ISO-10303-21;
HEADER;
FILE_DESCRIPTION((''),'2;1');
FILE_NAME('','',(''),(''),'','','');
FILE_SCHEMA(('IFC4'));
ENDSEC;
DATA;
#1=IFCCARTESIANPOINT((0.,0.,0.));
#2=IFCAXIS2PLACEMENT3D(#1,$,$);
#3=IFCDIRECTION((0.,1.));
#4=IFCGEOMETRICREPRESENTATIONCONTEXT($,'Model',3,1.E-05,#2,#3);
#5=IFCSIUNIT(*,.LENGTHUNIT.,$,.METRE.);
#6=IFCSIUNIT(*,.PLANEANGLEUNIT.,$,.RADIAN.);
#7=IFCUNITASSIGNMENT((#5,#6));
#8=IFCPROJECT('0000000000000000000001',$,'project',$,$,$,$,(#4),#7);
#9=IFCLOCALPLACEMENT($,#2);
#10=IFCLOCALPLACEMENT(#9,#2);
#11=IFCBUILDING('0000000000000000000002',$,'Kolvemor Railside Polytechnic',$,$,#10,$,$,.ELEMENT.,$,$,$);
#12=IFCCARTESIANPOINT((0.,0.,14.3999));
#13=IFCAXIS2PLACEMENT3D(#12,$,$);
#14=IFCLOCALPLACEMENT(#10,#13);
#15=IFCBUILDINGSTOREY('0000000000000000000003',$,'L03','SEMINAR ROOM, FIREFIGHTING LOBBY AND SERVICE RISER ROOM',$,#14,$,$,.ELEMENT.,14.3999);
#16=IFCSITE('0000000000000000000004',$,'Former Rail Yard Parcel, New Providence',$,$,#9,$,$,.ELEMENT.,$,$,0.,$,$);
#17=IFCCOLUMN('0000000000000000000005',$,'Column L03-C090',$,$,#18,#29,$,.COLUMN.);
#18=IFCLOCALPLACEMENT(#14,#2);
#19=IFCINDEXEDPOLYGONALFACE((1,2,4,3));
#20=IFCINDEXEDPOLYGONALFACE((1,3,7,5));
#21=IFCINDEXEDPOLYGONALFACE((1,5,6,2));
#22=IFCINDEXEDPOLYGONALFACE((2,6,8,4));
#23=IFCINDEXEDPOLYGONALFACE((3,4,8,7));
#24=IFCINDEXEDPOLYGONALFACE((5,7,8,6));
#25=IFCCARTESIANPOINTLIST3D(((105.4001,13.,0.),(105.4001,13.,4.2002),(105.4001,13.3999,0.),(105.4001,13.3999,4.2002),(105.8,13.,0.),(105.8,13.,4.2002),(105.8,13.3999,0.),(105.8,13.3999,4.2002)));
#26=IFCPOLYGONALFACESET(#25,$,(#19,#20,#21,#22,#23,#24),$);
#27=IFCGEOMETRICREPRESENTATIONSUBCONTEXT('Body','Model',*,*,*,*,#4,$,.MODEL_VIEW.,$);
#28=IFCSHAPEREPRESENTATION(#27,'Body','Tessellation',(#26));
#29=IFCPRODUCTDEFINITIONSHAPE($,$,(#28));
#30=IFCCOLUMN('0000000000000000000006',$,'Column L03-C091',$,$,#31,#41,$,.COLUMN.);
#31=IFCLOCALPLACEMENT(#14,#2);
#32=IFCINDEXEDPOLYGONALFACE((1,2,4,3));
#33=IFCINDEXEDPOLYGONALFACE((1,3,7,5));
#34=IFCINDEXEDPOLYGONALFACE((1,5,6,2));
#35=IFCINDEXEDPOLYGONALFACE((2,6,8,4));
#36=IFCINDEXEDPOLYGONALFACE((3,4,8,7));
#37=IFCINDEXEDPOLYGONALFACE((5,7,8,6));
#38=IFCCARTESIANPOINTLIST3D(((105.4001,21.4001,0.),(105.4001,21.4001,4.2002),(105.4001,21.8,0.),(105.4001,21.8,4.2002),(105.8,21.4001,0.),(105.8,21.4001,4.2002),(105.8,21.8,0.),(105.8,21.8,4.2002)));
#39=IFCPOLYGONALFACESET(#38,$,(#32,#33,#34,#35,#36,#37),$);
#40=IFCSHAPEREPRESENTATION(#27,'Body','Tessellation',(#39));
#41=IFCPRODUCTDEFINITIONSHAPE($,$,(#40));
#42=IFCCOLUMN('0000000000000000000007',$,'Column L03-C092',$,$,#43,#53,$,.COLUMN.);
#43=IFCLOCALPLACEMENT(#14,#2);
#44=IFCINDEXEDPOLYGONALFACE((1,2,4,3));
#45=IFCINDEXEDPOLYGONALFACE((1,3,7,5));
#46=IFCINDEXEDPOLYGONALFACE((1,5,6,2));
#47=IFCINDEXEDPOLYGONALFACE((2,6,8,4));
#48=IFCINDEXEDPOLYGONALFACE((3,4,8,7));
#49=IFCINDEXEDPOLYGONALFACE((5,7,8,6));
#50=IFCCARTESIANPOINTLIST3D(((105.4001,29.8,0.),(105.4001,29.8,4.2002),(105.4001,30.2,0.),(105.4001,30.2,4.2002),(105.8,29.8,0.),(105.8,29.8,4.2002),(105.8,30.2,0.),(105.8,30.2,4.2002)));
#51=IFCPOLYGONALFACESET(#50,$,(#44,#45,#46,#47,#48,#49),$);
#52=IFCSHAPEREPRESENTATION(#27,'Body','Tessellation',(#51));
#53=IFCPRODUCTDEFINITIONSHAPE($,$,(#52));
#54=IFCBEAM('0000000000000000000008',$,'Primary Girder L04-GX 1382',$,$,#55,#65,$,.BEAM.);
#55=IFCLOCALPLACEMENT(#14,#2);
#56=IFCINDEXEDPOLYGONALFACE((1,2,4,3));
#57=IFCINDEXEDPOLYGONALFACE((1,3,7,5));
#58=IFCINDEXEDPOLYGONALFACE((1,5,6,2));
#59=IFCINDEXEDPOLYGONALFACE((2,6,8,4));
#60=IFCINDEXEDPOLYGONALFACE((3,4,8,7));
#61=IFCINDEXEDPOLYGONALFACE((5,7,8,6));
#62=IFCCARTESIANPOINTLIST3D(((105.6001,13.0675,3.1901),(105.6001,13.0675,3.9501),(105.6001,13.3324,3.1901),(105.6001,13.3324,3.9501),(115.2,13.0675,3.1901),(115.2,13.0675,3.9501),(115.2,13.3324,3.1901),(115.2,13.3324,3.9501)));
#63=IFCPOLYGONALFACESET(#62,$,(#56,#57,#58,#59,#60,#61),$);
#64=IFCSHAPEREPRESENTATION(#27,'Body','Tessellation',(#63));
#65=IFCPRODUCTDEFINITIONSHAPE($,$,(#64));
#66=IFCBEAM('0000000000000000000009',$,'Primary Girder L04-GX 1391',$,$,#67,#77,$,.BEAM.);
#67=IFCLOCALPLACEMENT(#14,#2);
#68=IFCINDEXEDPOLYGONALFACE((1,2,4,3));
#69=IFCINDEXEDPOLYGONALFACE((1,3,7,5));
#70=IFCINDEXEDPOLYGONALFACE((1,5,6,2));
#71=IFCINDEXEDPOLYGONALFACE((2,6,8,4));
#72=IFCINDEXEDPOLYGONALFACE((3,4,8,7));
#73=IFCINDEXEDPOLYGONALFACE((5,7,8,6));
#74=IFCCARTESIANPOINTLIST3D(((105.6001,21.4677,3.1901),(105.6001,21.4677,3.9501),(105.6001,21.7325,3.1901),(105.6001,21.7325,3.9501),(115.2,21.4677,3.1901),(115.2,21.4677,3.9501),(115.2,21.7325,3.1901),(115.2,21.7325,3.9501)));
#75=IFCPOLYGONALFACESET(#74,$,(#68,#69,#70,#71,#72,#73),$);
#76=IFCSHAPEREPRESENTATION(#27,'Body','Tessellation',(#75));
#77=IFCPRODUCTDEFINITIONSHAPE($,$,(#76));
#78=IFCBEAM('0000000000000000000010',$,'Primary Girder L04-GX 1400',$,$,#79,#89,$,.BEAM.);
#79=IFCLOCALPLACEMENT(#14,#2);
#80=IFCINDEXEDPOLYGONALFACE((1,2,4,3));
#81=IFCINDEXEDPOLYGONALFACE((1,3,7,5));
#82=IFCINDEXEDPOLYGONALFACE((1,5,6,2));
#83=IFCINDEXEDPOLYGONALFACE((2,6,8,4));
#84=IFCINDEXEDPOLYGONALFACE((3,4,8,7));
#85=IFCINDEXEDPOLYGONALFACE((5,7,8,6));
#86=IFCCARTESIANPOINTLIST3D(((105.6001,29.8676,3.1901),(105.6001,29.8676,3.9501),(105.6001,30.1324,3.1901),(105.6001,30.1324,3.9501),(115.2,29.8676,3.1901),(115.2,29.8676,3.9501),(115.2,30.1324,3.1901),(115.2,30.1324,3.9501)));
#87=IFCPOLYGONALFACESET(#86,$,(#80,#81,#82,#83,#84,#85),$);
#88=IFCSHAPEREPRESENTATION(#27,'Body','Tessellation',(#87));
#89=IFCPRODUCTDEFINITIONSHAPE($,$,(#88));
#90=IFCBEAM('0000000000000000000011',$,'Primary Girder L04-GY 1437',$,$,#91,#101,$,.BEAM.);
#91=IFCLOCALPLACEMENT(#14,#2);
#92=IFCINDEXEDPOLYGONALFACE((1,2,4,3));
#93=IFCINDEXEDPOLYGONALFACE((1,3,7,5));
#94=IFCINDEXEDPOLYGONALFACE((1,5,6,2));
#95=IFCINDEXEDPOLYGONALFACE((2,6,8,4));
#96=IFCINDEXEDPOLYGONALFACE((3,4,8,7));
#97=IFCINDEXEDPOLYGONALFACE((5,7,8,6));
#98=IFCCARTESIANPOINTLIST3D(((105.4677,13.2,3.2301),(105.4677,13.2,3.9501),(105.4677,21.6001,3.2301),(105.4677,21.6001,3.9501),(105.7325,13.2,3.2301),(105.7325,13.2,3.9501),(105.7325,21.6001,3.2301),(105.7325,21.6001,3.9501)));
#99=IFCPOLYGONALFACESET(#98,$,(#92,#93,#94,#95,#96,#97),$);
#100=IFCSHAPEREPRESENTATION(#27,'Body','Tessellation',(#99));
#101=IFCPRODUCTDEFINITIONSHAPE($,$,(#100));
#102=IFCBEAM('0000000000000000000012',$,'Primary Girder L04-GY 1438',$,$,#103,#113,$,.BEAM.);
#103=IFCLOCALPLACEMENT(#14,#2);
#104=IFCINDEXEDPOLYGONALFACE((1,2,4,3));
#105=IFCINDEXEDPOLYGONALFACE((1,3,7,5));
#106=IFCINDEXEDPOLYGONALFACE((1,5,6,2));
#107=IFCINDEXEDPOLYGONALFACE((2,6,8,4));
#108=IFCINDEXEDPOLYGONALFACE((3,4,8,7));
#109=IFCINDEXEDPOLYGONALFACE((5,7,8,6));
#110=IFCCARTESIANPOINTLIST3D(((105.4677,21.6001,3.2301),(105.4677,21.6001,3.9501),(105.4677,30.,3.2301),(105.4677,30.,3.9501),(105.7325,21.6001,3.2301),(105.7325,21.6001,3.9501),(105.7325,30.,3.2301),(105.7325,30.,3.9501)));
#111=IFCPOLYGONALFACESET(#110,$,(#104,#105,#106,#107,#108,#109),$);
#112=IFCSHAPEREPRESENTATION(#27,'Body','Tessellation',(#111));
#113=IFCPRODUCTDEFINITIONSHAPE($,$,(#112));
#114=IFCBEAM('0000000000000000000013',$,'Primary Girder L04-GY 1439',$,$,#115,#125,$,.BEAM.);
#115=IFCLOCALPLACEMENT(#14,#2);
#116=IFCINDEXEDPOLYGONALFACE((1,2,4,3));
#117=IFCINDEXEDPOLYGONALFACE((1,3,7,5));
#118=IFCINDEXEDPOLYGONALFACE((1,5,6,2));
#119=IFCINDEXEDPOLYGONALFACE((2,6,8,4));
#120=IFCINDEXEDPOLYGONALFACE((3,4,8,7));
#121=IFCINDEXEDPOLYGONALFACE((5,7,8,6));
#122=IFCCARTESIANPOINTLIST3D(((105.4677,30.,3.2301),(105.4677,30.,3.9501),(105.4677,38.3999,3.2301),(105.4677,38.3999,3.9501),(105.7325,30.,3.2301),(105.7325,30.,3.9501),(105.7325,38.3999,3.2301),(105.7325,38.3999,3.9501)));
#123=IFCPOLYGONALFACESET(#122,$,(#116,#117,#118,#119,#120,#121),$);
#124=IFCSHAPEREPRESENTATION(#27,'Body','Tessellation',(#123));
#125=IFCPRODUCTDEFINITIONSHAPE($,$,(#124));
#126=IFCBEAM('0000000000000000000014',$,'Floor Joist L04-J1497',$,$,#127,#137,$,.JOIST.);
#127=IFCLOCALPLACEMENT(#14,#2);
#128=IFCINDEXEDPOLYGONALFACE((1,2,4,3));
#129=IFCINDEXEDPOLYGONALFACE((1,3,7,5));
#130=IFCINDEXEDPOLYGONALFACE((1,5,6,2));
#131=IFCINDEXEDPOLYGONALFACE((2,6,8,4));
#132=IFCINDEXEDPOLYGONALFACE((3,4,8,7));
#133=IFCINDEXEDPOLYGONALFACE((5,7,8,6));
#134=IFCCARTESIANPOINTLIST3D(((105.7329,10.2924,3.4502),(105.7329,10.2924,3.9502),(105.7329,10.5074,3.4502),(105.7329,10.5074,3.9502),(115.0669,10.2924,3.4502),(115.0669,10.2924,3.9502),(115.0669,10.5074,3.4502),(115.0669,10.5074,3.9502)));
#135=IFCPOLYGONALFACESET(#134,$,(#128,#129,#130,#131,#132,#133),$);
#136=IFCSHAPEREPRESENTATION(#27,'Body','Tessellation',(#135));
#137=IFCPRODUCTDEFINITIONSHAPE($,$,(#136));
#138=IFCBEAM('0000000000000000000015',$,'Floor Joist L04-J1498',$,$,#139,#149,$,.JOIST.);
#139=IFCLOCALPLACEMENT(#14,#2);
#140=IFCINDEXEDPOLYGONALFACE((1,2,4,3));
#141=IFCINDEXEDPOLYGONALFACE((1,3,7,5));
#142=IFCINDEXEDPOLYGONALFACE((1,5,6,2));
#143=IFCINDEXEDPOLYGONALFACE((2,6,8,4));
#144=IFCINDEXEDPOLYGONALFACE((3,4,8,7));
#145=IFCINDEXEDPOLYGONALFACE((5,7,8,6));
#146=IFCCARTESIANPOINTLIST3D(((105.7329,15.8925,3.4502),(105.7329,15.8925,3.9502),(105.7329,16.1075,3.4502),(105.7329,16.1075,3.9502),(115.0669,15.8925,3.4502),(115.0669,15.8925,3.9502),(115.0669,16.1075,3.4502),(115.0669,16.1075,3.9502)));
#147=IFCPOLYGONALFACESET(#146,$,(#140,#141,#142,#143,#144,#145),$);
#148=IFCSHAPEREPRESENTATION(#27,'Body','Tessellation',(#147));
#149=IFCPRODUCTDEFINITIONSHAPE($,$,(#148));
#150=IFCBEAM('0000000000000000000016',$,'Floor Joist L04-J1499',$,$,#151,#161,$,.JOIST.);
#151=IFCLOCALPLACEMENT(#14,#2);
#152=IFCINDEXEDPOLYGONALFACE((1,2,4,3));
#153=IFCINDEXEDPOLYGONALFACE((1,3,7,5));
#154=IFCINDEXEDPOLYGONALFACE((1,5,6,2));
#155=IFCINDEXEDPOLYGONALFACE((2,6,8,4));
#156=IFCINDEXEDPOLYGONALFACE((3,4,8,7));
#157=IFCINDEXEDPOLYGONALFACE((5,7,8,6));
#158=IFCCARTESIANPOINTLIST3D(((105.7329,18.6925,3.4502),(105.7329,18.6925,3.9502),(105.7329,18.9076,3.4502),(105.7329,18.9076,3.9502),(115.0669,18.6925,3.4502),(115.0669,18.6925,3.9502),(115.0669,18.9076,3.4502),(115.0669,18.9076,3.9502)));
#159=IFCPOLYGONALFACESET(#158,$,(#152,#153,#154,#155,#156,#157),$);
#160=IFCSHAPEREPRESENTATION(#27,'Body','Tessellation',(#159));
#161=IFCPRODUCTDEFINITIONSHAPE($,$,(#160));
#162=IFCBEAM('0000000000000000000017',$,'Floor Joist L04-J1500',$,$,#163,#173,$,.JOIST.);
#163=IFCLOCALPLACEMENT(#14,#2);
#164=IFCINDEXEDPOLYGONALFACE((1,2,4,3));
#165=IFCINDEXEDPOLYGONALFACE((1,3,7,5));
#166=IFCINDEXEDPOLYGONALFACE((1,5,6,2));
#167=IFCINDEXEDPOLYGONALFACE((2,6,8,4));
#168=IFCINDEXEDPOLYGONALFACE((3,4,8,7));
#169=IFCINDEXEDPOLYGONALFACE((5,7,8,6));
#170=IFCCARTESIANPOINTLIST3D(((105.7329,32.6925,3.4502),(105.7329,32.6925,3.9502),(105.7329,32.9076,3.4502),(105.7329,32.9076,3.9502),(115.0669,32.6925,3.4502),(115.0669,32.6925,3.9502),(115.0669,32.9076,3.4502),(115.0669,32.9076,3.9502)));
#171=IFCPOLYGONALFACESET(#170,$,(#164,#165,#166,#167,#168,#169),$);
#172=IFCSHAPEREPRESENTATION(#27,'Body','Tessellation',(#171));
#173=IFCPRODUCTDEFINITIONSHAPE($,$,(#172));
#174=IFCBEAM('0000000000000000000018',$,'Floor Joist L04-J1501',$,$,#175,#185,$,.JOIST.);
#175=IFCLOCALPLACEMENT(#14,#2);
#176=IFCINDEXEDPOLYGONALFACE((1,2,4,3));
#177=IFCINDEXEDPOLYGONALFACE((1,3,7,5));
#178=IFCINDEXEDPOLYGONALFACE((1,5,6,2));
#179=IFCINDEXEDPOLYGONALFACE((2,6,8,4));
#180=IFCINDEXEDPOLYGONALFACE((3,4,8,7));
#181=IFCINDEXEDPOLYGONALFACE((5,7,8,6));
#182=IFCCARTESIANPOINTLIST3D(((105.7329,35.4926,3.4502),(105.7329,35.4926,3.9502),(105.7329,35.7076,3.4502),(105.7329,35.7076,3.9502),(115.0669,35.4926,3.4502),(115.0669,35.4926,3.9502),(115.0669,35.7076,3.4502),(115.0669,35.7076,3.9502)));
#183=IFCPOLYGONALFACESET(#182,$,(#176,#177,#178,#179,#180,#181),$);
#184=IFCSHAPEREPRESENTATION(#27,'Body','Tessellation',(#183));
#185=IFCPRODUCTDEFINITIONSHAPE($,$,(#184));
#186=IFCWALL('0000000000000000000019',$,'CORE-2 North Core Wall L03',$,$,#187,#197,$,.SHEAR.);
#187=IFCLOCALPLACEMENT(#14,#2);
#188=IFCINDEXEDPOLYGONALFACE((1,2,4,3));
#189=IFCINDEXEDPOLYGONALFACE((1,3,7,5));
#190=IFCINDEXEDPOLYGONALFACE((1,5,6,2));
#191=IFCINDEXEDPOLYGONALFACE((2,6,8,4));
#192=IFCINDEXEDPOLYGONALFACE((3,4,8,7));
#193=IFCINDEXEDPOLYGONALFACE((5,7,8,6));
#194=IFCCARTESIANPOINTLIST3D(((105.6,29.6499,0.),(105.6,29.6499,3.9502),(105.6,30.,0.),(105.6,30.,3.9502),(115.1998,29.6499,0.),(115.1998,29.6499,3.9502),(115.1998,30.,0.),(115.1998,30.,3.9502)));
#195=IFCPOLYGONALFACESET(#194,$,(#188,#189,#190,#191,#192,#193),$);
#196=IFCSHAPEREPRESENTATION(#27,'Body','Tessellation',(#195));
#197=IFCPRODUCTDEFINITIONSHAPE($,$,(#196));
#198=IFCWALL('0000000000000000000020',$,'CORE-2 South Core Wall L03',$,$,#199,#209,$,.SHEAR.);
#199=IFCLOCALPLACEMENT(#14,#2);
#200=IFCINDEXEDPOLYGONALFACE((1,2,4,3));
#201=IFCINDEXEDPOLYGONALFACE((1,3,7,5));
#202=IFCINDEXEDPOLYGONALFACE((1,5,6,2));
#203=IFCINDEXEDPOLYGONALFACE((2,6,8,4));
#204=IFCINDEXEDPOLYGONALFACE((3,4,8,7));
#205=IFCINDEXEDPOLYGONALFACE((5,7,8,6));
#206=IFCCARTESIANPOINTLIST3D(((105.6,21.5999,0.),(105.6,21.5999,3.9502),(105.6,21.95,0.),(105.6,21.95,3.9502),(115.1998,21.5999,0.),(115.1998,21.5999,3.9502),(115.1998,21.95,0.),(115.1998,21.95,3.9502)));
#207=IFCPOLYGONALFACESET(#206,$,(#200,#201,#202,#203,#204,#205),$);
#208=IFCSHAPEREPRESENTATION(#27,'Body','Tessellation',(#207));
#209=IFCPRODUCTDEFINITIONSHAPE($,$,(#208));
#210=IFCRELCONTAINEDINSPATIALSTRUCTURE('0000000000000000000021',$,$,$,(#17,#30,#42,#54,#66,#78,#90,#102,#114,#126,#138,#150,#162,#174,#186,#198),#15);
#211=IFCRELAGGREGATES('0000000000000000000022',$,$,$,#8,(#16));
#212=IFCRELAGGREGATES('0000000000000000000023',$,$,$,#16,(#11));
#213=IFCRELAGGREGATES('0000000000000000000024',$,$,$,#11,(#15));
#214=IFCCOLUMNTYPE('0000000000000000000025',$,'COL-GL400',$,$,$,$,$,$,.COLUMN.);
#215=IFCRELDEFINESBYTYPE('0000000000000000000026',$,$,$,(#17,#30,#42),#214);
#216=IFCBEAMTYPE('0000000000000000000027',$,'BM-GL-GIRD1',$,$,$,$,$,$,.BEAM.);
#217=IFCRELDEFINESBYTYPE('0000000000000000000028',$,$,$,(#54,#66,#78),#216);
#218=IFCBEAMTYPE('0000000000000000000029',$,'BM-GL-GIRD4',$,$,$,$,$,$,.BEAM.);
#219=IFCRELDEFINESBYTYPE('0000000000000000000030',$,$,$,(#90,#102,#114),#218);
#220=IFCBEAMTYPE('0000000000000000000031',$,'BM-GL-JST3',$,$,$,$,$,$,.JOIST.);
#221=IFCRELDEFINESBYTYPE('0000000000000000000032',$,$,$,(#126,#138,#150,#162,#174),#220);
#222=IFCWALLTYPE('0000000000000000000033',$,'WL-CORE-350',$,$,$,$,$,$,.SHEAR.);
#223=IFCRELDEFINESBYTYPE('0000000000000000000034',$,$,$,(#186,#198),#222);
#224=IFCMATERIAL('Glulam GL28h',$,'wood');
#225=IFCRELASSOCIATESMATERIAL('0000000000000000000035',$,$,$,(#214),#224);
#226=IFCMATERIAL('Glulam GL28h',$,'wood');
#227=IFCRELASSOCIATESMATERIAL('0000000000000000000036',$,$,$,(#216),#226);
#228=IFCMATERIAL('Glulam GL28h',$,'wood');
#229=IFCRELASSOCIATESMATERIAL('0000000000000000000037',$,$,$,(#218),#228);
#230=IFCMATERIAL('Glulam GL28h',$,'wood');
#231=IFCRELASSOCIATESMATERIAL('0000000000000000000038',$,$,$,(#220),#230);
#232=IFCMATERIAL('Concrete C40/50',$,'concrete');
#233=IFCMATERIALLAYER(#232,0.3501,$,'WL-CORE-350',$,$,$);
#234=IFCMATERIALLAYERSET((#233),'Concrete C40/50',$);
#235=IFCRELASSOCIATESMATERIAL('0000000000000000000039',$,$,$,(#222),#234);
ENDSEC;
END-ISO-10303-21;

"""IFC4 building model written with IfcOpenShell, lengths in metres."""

from ifc_helpers import new_model, si_unit, direction, frame, frame_2d, origin, origin_2d, place, context, subcontext, project, spatial, rectangle, extrude, material, layer, layer_set, material_profile, profile_set, type_object, element, save


model = new_model("IFC4")

# Units and contexts
model_context = context("Model", 3, precision=1e-05, world=origin(), true_north=direction((0.0, 1.0)))
body_context = subcontext(model_context, "Body", "Model", "MODEL_VIEW")
ifc_project = project(units=[si_unit("LENGTHUNIT", "METRE"), si_unit("PLANEANGLEUNIT", "RADIAN")], contexts=[model_context])

# Site, building, storey
site_placement = place(None, origin())
site = spatial("IfcSite", under=ifc_project, at=site_placement, Name="Former Rail Yard Parcel, New Providence", CompositionType="ELEMENT", RefElevation=0.0)
building_placement = place(site_placement, origin())
building = spatial("IfcBuilding", under=site, at=building_placement, Name="Kolvemor Railside Polytechnic", CompositionType="ELEMENT")
storey_placement = place(building_placement, frame((0.0, 0.0, 14.3999)))
storey = spatial("IfcBuildingStorey", under=building, at=storey_placement, Name="L03", Description="SEMINAR ROOM, FIREFIGHTING LOBBY AND SERVICE RISER ROOM", CompositionType="ELEMENT", Elevation=14.3999)

# Columns
ifc_material_1 = material(Name="Glulam GL28h", Category="wood")
ifc_material_profile_1 = material_profile(ifc_material_1, rectangle(XDim=0.3999, YDim=0.3999, at=origin_2d()), Name="GL400x400")
ifc_profile_set_1 = profile_set([ifc_material_profile_1], Name="Glulam GL28h")
column_type = type_object("IfcColumnType", Name="COL-GL400", PredefinedType="COLUMN", material=ifc_profile_set_1)
for number, where, z_axis, x_axis, name in (
    (1, (105.6001, 13.2, 0.0), (0.0, 0.0, 1.0), (1.0, 0.0, 0.0), "Column L03-C090"),
    (2, (105.6001, 21.6001, 0.0), (0.0, 0.0, 1.0), (1.0, 0.0, 0.0), "Column L03-C091"),
    (3, (105.6001, 30.0, 0.0), (0.0, 0.0, 1.0), (1.0, 0.0, 0.0), "Column L03-C092"),
):
    element("IfcColumn", number, at=place(storey_placement, frame(where, z_axis=z_axis, x_axis=x_axis)), inside=storey, type_object=column_type, Name=name, PredefinedType="COLUMN", context=body_context, shape_type="SweptSolid", body=[
        extrude(rectangle(XDim=0.3999, YDim=0.3999, at=origin_2d()), origin(), (0.0, 0.0, 1.0), 4.2002),
    ])

# Beams
ifc_material_2 = material(Name="Glulam GL28h", Category="wood")
ifc_material_profile_2 = material_profile(ifc_material_2, rectangle(XDim=0.2649, YDim=0.76, at=origin_2d()), Name="GL265x760")
ifc_profile_set_2 = profile_set([ifc_material_profile_2], Name="Glulam GL28h")
beam_type_1 = type_object("IfcBeamType", Name="BM-GL-GIRD1", PredefinedType="BEAM", material=ifc_profile_set_2)
for number, where, z_axis, x_axis, name in (
    (4, (105.6001, 13.2, 3.5701), (1.0, 0.0, 0.0), (0.0, 1.0, 0.0), "Primary Girder L04-GX 1382"),
    (5, (105.6001, 21.6001, 3.5701), (1.0, 0.0, 0.0), (0.0, 1.0, 0.0), "Primary Girder L04-GX 1391"),
    (6, (105.6001, 30.0, 3.5701), (1.0, 0.0, 0.0), (0.0, 1.0, 0.0), "Primary Girder L04-GX 1400"),
):
    element("IfcBeam", number, at=place(storey_placement, frame(where, z_axis=z_axis, x_axis=x_axis)), inside=storey, type_object=beam_type_1, Name=name, PredefinedType="BEAM", context=body_context, shape_type="SweptSolid", body=[
        extrude(rectangle(XDim=0.2649, YDim=0.76, at=origin_2d()), origin(), (0.0, 0.0, 1.0), 9.5999),
    ])
ifc_material_3 = material(Name="Glulam GL28h", Category="wood")
ifc_material_profile_3 = material_profile(ifc_material_3, rectangle(XDim=0.2649, YDim=0.72, at=origin_2d()), Name="GL265x720")
ifc_profile_set_3 = profile_set([ifc_material_profile_3], Name="Glulam GL28h")
beam_type_2 = type_object("IfcBeamType", Name="BM-GL-GIRD4", PredefinedType="BEAM", material=ifc_profile_set_3)
beam_placement = place(storey_placement, frame((105.6001, 13.2, 3.5901), z_axis=(0.0, 1.0, 0.0), x_axis=(-1.0, 0.0, 0.0)))
element("IfcBeam", 7, at=beam_placement, inside=storey, type_object=beam_type_2, Name="Primary Girder L04-GY 1437", PredefinedType="BEAM", context=body_context, shape_type="SweptSolid", body=[
    extrude(rectangle(XDim=0.2649, YDim=0.72, at=origin_2d()), origin(), (0.0, 0.0, 1.0), 8.4001),
])
for number, where, z_axis, x_axis, name in (
    (8, (105.6001, 21.6001, 3.5901), (0.0, 1.0, 0.0), (-1.0, 0.0, 0.0), "Primary Girder L04-GY 1438"),
    (9, (105.6001, 30.0, 3.5901), (0.0, 1.0, 0.0), (-1.0, 0.0, 0.0), "Primary Girder L04-GY 1439"),
):
    element("IfcBeam", number, at=place(storey_placement, frame(where, z_axis=z_axis, x_axis=x_axis)), inside=storey, type_object=beam_type_2, Name=name, PredefinedType="BEAM", context=body_context, shape_type="SweptSolid", body=[
        extrude(rectangle(XDim=0.2649, YDim=0.72, at=origin_2d()), origin(), (0.0, 0.0, 1.0), 8.3999),
    ])
ifc_material_4 = material(Name="Glulam GL28h", Category="wood")
ifc_material_profile_4 = material_profile(ifc_material_4, rectangle(XDim=0.2151, YDim=0.5, at=origin_2d()), Name="GL215x500")
ifc_profile_set_4 = profile_set([ifc_material_profile_4], Name="Glulam GL28h")
beam_type_3 = type_object("IfcBeamType", Name="BM-GL-JST3", PredefinedType="JOIST", material=ifc_profile_set_4)
for number, where, z_axis, x_axis, name in (
    (10, (105.7329, 10.3999, 3.7002), (1.0, 0.0, 0.0), (0.0, 1.0, 0.0), "Floor Joist L04-J1497"),
    (11, (105.7329, 16.0, 3.7002), (1.0, 0.0, 0.0), (0.0, 1.0, 0.0), "Floor Joist L04-J1498"),
    (12, (105.7329, 18.8, 3.7002), (1.0, 0.0, 0.0), (0.0, 1.0, 0.0), "Floor Joist L04-J1499"),
    (13, (105.7329, 32.8, 3.7002), (1.0, 0.0, 0.0), (0.0, 1.0, 0.0), "Floor Joist L04-J1500"),
    (14, (105.7329, 35.6001, 3.7002), (1.0, 0.0, 0.0), (0.0, 1.0, 0.0), "Floor Joist L04-J1501"),
):
    element("IfcBeam", number, at=place(storey_placement, frame(where, z_axis=z_axis, x_axis=x_axis)), inside=storey, type_object=beam_type_3, Name=name, PredefinedType="JOIST", context=body_context, shape_type="SweptSolid", body=[
        extrude(rectangle(XDim=0.2151, YDim=0.5, at=origin_2d()), origin(), (0.0, 0.0, 1.0), 9.334),
    ])

# Walls
ifc_material_5 = material(Name="Concrete C40/50", Category="concrete")
ifc_layer_1 = layer(ifc_material_5, 0.3501, Name="WL-CORE-350")
ifc_layer_set_1 = layer_set([ifc_layer_1], Name="Concrete C40/50")
wall_type_1 = type_object("IfcWallType", Name="WL-CORE-350", PredefinedType="SHEAR", material=ifc_layer_set_1)
for number, where, z_axis, x_axis, name in (
    (15, (105.6001, 29.825, 0.0), (0.0, 0.0, 1.0), (1.0, 0.0, 0.0), "CORE-2 North Core Wall L03"),
    (16, (105.6001, 21.7749, 0.0), (0.0, 0.0, 1.0), (1.0, 0.0, 0.0), "CORE-2 South Core Wall L03"),
):
    element("IfcWall", number, at=place(storey_placement, frame(where, z_axis=z_axis, x_axis=x_axis)), inside=storey, type_object=wall_type_1, Name=name, PredefinedType="SHEAR", context=body_context, shape_type="SweptSolid", body=[
        extrude(rectangle(XDim=9.5999, YDim=0.3501, at=frame_2d((4.7998, 0.0))), origin(), (0.0, 0.0, 1.0), 3.9502),
    ])

save(model, "model.ifc")
